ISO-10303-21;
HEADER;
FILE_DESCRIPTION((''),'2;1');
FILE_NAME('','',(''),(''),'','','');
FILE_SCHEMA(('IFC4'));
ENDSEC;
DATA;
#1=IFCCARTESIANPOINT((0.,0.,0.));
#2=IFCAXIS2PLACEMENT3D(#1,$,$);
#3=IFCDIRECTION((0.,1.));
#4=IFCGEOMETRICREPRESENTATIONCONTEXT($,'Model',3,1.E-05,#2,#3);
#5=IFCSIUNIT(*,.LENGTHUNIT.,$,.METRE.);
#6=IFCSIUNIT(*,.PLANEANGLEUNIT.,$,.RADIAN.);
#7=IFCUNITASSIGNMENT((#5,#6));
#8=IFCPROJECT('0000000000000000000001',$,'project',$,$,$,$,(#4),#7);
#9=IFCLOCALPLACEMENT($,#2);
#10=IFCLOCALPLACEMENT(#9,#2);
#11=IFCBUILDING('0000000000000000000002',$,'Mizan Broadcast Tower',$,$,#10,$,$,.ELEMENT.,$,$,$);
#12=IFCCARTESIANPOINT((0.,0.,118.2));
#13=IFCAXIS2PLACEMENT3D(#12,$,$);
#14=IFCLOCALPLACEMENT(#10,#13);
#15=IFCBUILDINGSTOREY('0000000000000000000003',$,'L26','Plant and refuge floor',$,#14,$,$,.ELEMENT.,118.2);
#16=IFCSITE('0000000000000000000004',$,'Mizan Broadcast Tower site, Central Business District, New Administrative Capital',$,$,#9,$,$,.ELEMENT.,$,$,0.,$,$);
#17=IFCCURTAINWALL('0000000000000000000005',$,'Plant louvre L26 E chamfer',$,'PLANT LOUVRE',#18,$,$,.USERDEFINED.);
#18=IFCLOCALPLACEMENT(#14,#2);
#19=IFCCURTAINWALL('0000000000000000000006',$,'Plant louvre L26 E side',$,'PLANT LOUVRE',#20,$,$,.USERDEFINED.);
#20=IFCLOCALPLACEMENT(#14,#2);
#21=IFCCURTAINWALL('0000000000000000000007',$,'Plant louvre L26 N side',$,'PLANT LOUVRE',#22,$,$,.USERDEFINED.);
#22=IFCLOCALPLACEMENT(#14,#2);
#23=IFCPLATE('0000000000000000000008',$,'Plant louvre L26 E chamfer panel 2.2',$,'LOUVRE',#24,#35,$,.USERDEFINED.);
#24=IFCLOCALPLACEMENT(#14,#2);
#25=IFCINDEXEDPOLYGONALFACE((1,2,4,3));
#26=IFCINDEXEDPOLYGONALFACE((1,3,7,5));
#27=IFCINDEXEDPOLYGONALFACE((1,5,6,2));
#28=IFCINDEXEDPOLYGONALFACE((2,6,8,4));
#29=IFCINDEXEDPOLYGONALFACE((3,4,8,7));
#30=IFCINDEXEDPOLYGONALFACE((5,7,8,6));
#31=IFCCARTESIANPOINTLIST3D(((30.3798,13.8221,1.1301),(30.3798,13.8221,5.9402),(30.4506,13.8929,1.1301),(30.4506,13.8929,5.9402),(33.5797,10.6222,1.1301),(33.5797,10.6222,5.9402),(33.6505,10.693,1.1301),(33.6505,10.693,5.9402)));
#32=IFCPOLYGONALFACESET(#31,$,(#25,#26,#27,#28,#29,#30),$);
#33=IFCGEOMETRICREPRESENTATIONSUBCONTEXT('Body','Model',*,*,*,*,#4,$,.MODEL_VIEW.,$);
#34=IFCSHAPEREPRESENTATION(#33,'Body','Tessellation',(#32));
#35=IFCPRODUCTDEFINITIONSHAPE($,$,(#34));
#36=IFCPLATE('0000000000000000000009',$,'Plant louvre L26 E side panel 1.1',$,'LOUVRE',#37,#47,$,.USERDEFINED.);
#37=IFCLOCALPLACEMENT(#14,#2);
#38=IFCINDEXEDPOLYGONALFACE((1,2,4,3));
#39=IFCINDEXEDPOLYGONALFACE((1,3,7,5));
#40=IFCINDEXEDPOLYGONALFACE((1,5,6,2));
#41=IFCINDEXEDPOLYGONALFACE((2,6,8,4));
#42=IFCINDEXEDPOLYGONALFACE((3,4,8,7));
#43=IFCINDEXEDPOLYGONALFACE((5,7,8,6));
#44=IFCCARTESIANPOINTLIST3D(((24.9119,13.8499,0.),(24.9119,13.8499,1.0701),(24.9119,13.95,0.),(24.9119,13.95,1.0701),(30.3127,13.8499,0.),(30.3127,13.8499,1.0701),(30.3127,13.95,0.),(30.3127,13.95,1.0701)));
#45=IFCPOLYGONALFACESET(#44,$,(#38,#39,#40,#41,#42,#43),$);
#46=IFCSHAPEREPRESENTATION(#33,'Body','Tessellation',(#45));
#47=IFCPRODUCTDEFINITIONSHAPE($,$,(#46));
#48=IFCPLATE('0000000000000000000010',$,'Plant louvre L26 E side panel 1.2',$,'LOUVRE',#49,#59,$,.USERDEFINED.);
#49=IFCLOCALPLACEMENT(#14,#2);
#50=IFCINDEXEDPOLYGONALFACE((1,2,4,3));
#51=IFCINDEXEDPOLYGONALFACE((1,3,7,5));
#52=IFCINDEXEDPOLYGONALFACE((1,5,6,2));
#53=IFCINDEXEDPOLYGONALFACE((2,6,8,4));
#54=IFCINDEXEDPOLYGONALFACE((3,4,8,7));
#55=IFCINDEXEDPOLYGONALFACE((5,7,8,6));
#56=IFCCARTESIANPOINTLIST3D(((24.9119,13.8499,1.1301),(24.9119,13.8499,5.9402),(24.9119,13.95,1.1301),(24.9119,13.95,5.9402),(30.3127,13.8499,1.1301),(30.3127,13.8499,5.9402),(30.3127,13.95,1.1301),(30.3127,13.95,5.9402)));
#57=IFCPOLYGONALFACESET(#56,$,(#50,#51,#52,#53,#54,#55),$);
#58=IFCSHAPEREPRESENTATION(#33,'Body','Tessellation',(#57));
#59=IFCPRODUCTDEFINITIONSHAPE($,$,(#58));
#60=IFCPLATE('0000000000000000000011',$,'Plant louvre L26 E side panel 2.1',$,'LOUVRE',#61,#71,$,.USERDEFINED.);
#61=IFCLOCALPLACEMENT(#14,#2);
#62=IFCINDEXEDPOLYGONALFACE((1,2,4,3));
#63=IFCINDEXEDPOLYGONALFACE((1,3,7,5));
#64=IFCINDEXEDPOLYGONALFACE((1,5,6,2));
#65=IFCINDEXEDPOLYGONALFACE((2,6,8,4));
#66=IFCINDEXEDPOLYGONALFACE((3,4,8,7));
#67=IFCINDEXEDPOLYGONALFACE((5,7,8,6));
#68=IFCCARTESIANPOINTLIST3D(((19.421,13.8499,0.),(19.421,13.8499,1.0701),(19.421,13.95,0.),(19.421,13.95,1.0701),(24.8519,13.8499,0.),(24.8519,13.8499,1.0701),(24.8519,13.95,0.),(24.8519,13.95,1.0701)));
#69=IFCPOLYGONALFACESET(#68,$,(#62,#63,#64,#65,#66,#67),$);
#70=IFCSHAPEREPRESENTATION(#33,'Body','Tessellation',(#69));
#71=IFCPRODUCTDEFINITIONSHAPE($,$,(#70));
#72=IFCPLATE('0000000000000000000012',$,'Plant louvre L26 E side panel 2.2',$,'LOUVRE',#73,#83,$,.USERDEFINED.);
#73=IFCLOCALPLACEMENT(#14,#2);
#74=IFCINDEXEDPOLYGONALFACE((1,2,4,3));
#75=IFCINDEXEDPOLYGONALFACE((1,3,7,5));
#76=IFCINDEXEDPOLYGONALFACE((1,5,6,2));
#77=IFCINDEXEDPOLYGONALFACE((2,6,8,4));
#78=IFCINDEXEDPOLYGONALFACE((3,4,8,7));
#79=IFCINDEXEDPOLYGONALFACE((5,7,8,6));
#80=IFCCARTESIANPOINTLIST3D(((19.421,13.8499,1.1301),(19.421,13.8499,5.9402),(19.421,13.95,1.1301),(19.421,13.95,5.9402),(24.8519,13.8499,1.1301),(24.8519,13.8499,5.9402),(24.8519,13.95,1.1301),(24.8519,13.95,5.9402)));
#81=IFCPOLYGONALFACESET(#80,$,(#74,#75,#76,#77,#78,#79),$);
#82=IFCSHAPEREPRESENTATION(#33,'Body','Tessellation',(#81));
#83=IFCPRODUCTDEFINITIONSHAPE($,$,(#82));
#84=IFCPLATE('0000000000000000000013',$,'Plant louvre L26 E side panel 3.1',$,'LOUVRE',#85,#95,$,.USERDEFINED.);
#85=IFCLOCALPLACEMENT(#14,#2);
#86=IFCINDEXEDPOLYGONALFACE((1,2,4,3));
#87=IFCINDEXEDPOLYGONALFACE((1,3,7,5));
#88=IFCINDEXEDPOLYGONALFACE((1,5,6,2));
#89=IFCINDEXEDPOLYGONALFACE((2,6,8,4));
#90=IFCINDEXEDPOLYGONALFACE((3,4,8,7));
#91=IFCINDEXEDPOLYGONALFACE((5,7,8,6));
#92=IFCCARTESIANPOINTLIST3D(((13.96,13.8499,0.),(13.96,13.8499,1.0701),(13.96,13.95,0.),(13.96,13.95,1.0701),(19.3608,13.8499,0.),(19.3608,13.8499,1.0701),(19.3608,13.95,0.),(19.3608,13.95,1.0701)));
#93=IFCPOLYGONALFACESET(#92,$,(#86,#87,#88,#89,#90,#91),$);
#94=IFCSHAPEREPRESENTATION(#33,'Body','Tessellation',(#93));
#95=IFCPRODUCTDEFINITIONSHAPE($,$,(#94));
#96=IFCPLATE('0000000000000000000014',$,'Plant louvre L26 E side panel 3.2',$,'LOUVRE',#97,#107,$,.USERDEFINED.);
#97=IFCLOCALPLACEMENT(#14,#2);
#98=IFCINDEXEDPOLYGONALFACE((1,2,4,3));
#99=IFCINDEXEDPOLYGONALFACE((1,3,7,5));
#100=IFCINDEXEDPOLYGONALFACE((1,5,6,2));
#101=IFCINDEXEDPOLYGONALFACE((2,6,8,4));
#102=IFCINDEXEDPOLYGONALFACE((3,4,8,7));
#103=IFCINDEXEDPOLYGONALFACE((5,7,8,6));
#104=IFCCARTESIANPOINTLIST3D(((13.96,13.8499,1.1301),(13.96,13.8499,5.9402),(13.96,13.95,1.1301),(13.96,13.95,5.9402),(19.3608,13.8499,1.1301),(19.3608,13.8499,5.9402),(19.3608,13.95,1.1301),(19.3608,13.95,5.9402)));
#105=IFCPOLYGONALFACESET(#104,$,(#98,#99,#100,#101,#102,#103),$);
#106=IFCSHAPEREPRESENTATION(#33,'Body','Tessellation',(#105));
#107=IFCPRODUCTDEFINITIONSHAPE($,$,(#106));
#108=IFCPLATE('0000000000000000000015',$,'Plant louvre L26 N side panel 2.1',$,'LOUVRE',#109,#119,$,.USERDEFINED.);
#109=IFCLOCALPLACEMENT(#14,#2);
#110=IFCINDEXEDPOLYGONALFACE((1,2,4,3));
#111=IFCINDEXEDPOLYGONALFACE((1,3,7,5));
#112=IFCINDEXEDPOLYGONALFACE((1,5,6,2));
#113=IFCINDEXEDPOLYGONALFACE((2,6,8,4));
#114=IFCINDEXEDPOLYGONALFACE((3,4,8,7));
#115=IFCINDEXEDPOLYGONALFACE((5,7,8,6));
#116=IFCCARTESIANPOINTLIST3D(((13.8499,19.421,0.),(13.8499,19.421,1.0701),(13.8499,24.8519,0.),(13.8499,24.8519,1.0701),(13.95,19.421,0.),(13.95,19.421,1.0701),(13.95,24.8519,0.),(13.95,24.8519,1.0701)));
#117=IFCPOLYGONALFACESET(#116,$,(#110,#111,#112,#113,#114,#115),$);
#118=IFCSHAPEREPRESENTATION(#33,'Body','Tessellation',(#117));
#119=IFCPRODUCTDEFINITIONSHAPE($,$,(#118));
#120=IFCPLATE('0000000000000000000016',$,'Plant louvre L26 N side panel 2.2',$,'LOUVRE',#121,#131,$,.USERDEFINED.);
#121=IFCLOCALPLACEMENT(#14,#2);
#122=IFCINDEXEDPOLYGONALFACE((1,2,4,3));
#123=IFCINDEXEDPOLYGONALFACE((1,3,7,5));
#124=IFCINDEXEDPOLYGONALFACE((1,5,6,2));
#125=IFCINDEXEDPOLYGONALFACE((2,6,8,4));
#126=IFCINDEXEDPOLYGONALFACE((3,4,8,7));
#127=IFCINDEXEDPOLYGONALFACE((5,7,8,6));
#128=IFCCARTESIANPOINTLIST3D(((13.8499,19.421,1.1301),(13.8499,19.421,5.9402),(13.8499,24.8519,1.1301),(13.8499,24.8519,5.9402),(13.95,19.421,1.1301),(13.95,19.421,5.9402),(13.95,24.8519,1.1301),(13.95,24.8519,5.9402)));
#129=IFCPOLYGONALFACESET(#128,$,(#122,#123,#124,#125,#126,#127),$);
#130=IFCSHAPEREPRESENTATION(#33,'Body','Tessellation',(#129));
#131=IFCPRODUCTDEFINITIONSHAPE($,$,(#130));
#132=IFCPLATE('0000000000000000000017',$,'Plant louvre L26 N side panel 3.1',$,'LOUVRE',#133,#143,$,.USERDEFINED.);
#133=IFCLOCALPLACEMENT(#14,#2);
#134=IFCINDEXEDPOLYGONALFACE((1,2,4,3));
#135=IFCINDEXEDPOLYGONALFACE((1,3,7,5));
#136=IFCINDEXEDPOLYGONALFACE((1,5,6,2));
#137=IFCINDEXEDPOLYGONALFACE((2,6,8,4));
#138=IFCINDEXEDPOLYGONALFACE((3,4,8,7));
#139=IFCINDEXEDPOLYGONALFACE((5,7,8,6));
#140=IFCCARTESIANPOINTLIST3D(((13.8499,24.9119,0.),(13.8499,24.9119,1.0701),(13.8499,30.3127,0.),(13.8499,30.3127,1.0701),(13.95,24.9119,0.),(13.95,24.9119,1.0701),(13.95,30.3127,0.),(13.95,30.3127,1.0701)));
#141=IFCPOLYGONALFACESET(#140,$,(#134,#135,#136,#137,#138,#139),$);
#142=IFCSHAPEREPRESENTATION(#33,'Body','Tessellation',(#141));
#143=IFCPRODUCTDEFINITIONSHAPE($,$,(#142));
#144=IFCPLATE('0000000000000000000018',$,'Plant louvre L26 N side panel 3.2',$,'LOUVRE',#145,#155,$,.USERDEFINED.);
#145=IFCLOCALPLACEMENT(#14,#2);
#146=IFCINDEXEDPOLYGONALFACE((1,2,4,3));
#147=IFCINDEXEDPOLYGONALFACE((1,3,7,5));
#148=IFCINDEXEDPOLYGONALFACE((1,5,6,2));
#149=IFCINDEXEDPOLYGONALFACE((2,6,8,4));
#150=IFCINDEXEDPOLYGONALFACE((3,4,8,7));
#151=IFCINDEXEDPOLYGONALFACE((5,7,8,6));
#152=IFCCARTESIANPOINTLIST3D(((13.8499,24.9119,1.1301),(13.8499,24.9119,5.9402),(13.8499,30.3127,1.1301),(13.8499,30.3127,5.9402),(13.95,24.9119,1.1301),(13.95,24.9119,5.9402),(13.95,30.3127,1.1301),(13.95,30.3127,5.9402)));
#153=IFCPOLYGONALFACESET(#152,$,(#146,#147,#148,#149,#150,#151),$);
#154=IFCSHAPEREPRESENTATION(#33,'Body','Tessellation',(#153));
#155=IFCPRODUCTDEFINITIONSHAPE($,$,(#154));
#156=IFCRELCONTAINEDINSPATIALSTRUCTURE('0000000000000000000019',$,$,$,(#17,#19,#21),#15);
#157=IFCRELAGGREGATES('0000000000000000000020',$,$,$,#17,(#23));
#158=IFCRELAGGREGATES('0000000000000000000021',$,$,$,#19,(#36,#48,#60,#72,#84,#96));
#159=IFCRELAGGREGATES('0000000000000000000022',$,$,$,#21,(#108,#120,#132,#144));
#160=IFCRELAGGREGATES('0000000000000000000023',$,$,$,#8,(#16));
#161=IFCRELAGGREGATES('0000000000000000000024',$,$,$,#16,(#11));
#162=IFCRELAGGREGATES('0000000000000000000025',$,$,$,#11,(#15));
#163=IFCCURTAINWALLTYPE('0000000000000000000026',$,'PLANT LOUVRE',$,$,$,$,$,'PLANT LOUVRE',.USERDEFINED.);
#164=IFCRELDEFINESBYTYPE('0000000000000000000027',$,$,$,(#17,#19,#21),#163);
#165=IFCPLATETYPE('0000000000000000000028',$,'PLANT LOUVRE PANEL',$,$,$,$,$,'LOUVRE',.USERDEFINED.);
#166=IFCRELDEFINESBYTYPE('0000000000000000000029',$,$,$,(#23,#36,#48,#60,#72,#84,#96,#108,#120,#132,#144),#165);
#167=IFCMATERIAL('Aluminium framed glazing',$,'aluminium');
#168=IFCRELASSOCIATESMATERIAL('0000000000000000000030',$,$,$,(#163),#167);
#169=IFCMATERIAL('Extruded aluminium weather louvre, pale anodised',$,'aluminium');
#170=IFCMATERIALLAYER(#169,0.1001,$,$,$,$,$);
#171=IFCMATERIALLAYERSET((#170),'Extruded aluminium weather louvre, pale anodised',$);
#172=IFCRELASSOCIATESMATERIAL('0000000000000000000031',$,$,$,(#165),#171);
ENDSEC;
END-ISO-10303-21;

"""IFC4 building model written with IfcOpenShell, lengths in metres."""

from ifc_helpers import new_model, si_unit, direction, frame, origin, origin_2d, place, context, subcontext, project, spatial, rectangle, extrude, material, layer, layer_set, type_object, element, aggregate, save


model = new_model("IFC4")

# Units and contexts
model_context = context("Model", 3, precision=1e-05, world=origin(), true_north=direction((0.0, 1.0)))
body_context = subcontext(model_context, "Body", "Model", "MODEL_VIEW")
ifc_project = project(units=[si_unit("LENGTHUNIT", "METRE"), si_unit("PLANEANGLEUNIT", "RADIAN")], contexts=[model_context])

# Site, building, storey
site_placement = place(None, origin())
site = spatial("IfcSite", under=ifc_project, at=site_placement, Name="Mizan Broadcast Tower site, Central Business District, New Administrative Capital", CompositionType="ELEMENT", RefElevation=0.0)
building_placement = place(site_placement, origin())
building = spatial("IfcBuilding", under=site, at=building_placement, Name="Mizan Broadcast Tower", CompositionType="ELEMENT")
storey_placement = place(building_placement, frame((0.0, 0.0, 118.2)))
storey = spatial("IfcBuildingStorey", under=building, at=storey_placement, Name="L26", Description="Plant and refuge floor", CompositionType="ELEMENT", Elevation=118.2)

# Curtain wall
ifc_material_1 = material(Name="Aluminium framed glazing", Category="aluminium")
curtain_wall_type = type_object("IfcCurtainWallType", Name="PLANT LOUVRE", ElementType="PLANT LOUVRE", PredefinedType="USERDEFINED", material=ifc_material_1)
curtain_wall_1_placement = place(storey_placement, origin())
curtain_wall_1 = element("IfcCurtainWall", 1, at=curtain_wall_1_placement, inside=storey, type_object=curtain_wall_type, Name="Plant louvre L26 E chamfer", ObjectType="PLANT LOUVRE", PredefinedType="USERDEFINED")

# Curtain walls
curtain_wall_2_placement = place(storey_placement, origin())
curtain_wall_2 = element("IfcCurtainWall", 2, at=curtain_wall_2_placement, inside=storey, type_object=curtain_wall_type, Name="Plant louvre L26 E side", ObjectType="PLANT LOUVRE", PredefinedType="USERDEFINED")
curtain_wall_3_placement = place(storey_placement, origin())
curtain_wall_3 = element("IfcCurtainWall", 3, at=curtain_wall_3_placement, inside=storey, type_object=curtain_wall_type, Name="Plant louvre L26 N side", ObjectType="PLANT LOUVRE", PredefinedType="USERDEFINED")

# Plates
ifc_material_2 = material(Name="Extruded aluminium weather louvre, pale anodised", Category="aluminium")
ifc_layer = layer(ifc_material_2, 0.1001)
ifc_layer_set = layer_set([ifc_layer], Name="Extruded aluminium weather louvre, pale anodised")
plate_type = type_object("IfcPlateType", Name="PLANT LOUVRE PANEL", ElementType="LOUVRE", PredefinedType="USERDEFINED", material=ifc_layer_set)
plate_1_placement = place(storey_placement, frame((32.0151, 12.2576, 1.1301), z_axis=(0.0, 0.0, 1.0), x_axis=(-0.707107, 0.707107, 0.0)))
plate_1 = element("IfcPlate", 4, at=plate_1_placement, type_object=plate_type, Name="Plant louvre L26 E chamfer panel 2.2", ObjectType="LOUVRE", PredefinedType="USERDEFINED", context=body_context, shape_type="SweptSolid", body=[
    extrude(rectangle(XDim=4.5254, YDim=0.1001, at=origin_2d()), origin(), (0.0, 0.0, 1.0), 4.8101),
])
aggregate(curtain_wall_1, [plate_1])
plate_2_placement = place(storey_placement, frame((27.6123, 13.8999, 0.0), z_axis=(0.0, 0.0, 1.0), x_axis=(-1.0, 0.0, 0.0)))
plate_2 = element("IfcPlate", 5, at=plate_2_placement, type_object=plate_type, Name="Plant louvre L26 E side panel 1.1", ObjectType="LOUVRE", PredefinedType="USERDEFINED", context=body_context, shape_type="SweptSolid", body=[
    extrude(rectangle(XDim=5.4009, YDim=0.1001, at=origin_2d()), origin(), (0.0, 0.0, 1.0), 1.0701),
])
plate_3_placement = place(storey_placement, frame((27.6123, 13.8999, 1.1301), z_axis=(0.0, 0.0, 1.0), x_axis=(-1.0, 0.0, 0.0)))
plate_3 = element("IfcPlate", 6, at=plate_3_placement, type_object=plate_type, Name="Plant louvre L26 E side panel 1.2", ObjectType="LOUVRE", PredefinedType="USERDEFINED", context=body_context, shape_type="SweptSolid", body=[
    extrude(rectangle(XDim=5.4009, YDim=0.1001, at=origin_2d()), origin(), (0.0, 0.0, 1.0), 4.8101),
])
plate_4_placement = place(storey_placement, frame((22.1365, 13.8999, 0.0), z_axis=(0.0, 0.0, 1.0), x_axis=(-1.0, 0.0, 0.0)))
plate_4 = element("IfcPlate", 7, at=plate_4_placement, type_object=plate_type, Name="Plant louvre L26 E side panel 2.1", ObjectType="LOUVRE", PredefinedType="USERDEFINED", context=body_context, shape_type="SweptSolid", body=[
    extrude(rectangle(XDim=5.4309, YDim=0.1001, at=origin_2d()), origin(), (0.0, 0.0, 1.0), 1.0701),
])
plate_5_placement = place(storey_placement, frame((22.1365, 13.8999, 1.1301), z_axis=(0.0, 0.0, 1.0), x_axis=(-1.0, 0.0, 0.0)))
plate_5 = element("IfcPlate", 8, at=plate_5_placement, type_object=plate_type, Name="Plant louvre L26 E side panel 2.2", ObjectType="LOUVRE", PredefinedType="USERDEFINED", context=body_context, shape_type="SweptSolid", body=[
    extrude(rectangle(XDim=5.4309, YDim=0.1001, at=origin_2d()), origin(), (0.0, 0.0, 1.0), 4.8101),
])
plate_6_placement = place(storey_placement, frame((16.6604, 13.8999, 0.0), z_axis=(0.0, 0.0, 1.0), x_axis=(-1.0, 0.0, 0.0)))
plate_6 = element("IfcPlate", 9, at=plate_6_placement, type_object=plate_type, Name="Plant louvre L26 E side panel 3.1", ObjectType="LOUVRE", PredefinedType="USERDEFINED", context=body_context, shape_type="SweptSolid", body=[
    extrude(rectangle(XDim=5.4009, YDim=0.1001, at=origin_2d()), origin(), (0.0, 0.0, 1.0), 1.0701),
])
plate_7_placement = place(storey_placement, frame((16.6604, 13.8999, 1.1301), z_axis=(0.0, 0.0, 1.0), x_axis=(-1.0, 0.0, 0.0)))
plate_7 = element("IfcPlate", 10, at=plate_7_placement, type_object=plate_type, Name="Plant louvre L26 E side panel 3.2", ObjectType="LOUVRE", PredefinedType="USERDEFINED", context=body_context, shape_type="SweptSolid", body=[
    extrude(rectangle(XDim=5.4009, YDim=0.1001, at=origin_2d()), origin(), (0.0, 0.0, 1.0), 4.8101),
])
aggregate(curtain_wall_2, [plate_2, plate_3, plate_4, plate_5, plate_6, plate_7])
plate_8_placement = place(storey_placement, frame((13.8999, 22.1365, 0.0), z_axis=(0.0, 0.0, 1.0), x_axis=(0.0, 1.0, 0.0)))
plate_8 = element("IfcPlate", 11, at=plate_8_placement, type_object=plate_type, Name="Plant louvre L26 N side panel 2.1", ObjectType="LOUVRE", PredefinedType="USERDEFINED", context=body_context, shape_type="SweptSolid", body=[
    extrude(rectangle(XDim=5.4309, YDim=0.1001, at=origin_2d()), origin(), (0.0, 0.0, 1.0), 1.0701),
])
plate_9_placement = place(storey_placement, frame((13.8999, 22.1365, 1.1301), z_axis=(0.0, 0.0, 1.0), x_axis=(0.0, 1.0, 0.0)))
plate_9 = element("IfcPlate", 12, at=plate_9_placement, type_object=plate_type, Name="Plant louvre L26 N side panel 2.2", ObjectType="LOUVRE", PredefinedType="USERDEFINED", context=body_context, shape_type="SweptSolid", body=[
    extrude(rectangle(XDim=5.4309, YDim=0.1001, at=origin_2d()), origin(), (0.0, 0.0, 1.0), 4.8101),
])
plate_10_placement = place(storey_placement, frame((13.8999, 27.6123, 0.0), z_axis=(0.0, 0.0, 1.0), x_axis=(0.0, 1.0, 0.0)))
plate_10 = element("IfcPlate", 13, at=plate_10_placement, type_object=plate_type, Name="Plant louvre L26 N side panel 3.1", ObjectType="LOUVRE", PredefinedType="USERDEFINED", context=body_context, shape_type="SweptSolid", body=[
    extrude(rectangle(XDim=5.4009, YDim=0.1001, at=origin_2d()), origin(), (0.0, 0.0, 1.0), 1.0701),
])
plate_11_placement = place(storey_placement, frame((13.8999, 27.6123, 1.1301), z_axis=(0.0, 0.0, 1.0), x_axis=(0.0, 1.0, 0.0)))
plate_11 = element("IfcPlate", 14, at=plate_11_placement, type_object=plate_type, Name="Plant louvre L26 N side panel 3.2", ObjectType="LOUVRE", PredefinedType="USERDEFINED", context=body_context, shape_type="SweptSolid", body=[
    extrude(rectangle(XDim=5.4009, YDim=0.1001, at=origin_2d()), origin(), (0.0, 0.0, 1.0), 4.8101),
])
aggregate(curtain_wall_3, [plate_8, plate_9, plate_10, plate_11])

save(model, "model.ifc")
